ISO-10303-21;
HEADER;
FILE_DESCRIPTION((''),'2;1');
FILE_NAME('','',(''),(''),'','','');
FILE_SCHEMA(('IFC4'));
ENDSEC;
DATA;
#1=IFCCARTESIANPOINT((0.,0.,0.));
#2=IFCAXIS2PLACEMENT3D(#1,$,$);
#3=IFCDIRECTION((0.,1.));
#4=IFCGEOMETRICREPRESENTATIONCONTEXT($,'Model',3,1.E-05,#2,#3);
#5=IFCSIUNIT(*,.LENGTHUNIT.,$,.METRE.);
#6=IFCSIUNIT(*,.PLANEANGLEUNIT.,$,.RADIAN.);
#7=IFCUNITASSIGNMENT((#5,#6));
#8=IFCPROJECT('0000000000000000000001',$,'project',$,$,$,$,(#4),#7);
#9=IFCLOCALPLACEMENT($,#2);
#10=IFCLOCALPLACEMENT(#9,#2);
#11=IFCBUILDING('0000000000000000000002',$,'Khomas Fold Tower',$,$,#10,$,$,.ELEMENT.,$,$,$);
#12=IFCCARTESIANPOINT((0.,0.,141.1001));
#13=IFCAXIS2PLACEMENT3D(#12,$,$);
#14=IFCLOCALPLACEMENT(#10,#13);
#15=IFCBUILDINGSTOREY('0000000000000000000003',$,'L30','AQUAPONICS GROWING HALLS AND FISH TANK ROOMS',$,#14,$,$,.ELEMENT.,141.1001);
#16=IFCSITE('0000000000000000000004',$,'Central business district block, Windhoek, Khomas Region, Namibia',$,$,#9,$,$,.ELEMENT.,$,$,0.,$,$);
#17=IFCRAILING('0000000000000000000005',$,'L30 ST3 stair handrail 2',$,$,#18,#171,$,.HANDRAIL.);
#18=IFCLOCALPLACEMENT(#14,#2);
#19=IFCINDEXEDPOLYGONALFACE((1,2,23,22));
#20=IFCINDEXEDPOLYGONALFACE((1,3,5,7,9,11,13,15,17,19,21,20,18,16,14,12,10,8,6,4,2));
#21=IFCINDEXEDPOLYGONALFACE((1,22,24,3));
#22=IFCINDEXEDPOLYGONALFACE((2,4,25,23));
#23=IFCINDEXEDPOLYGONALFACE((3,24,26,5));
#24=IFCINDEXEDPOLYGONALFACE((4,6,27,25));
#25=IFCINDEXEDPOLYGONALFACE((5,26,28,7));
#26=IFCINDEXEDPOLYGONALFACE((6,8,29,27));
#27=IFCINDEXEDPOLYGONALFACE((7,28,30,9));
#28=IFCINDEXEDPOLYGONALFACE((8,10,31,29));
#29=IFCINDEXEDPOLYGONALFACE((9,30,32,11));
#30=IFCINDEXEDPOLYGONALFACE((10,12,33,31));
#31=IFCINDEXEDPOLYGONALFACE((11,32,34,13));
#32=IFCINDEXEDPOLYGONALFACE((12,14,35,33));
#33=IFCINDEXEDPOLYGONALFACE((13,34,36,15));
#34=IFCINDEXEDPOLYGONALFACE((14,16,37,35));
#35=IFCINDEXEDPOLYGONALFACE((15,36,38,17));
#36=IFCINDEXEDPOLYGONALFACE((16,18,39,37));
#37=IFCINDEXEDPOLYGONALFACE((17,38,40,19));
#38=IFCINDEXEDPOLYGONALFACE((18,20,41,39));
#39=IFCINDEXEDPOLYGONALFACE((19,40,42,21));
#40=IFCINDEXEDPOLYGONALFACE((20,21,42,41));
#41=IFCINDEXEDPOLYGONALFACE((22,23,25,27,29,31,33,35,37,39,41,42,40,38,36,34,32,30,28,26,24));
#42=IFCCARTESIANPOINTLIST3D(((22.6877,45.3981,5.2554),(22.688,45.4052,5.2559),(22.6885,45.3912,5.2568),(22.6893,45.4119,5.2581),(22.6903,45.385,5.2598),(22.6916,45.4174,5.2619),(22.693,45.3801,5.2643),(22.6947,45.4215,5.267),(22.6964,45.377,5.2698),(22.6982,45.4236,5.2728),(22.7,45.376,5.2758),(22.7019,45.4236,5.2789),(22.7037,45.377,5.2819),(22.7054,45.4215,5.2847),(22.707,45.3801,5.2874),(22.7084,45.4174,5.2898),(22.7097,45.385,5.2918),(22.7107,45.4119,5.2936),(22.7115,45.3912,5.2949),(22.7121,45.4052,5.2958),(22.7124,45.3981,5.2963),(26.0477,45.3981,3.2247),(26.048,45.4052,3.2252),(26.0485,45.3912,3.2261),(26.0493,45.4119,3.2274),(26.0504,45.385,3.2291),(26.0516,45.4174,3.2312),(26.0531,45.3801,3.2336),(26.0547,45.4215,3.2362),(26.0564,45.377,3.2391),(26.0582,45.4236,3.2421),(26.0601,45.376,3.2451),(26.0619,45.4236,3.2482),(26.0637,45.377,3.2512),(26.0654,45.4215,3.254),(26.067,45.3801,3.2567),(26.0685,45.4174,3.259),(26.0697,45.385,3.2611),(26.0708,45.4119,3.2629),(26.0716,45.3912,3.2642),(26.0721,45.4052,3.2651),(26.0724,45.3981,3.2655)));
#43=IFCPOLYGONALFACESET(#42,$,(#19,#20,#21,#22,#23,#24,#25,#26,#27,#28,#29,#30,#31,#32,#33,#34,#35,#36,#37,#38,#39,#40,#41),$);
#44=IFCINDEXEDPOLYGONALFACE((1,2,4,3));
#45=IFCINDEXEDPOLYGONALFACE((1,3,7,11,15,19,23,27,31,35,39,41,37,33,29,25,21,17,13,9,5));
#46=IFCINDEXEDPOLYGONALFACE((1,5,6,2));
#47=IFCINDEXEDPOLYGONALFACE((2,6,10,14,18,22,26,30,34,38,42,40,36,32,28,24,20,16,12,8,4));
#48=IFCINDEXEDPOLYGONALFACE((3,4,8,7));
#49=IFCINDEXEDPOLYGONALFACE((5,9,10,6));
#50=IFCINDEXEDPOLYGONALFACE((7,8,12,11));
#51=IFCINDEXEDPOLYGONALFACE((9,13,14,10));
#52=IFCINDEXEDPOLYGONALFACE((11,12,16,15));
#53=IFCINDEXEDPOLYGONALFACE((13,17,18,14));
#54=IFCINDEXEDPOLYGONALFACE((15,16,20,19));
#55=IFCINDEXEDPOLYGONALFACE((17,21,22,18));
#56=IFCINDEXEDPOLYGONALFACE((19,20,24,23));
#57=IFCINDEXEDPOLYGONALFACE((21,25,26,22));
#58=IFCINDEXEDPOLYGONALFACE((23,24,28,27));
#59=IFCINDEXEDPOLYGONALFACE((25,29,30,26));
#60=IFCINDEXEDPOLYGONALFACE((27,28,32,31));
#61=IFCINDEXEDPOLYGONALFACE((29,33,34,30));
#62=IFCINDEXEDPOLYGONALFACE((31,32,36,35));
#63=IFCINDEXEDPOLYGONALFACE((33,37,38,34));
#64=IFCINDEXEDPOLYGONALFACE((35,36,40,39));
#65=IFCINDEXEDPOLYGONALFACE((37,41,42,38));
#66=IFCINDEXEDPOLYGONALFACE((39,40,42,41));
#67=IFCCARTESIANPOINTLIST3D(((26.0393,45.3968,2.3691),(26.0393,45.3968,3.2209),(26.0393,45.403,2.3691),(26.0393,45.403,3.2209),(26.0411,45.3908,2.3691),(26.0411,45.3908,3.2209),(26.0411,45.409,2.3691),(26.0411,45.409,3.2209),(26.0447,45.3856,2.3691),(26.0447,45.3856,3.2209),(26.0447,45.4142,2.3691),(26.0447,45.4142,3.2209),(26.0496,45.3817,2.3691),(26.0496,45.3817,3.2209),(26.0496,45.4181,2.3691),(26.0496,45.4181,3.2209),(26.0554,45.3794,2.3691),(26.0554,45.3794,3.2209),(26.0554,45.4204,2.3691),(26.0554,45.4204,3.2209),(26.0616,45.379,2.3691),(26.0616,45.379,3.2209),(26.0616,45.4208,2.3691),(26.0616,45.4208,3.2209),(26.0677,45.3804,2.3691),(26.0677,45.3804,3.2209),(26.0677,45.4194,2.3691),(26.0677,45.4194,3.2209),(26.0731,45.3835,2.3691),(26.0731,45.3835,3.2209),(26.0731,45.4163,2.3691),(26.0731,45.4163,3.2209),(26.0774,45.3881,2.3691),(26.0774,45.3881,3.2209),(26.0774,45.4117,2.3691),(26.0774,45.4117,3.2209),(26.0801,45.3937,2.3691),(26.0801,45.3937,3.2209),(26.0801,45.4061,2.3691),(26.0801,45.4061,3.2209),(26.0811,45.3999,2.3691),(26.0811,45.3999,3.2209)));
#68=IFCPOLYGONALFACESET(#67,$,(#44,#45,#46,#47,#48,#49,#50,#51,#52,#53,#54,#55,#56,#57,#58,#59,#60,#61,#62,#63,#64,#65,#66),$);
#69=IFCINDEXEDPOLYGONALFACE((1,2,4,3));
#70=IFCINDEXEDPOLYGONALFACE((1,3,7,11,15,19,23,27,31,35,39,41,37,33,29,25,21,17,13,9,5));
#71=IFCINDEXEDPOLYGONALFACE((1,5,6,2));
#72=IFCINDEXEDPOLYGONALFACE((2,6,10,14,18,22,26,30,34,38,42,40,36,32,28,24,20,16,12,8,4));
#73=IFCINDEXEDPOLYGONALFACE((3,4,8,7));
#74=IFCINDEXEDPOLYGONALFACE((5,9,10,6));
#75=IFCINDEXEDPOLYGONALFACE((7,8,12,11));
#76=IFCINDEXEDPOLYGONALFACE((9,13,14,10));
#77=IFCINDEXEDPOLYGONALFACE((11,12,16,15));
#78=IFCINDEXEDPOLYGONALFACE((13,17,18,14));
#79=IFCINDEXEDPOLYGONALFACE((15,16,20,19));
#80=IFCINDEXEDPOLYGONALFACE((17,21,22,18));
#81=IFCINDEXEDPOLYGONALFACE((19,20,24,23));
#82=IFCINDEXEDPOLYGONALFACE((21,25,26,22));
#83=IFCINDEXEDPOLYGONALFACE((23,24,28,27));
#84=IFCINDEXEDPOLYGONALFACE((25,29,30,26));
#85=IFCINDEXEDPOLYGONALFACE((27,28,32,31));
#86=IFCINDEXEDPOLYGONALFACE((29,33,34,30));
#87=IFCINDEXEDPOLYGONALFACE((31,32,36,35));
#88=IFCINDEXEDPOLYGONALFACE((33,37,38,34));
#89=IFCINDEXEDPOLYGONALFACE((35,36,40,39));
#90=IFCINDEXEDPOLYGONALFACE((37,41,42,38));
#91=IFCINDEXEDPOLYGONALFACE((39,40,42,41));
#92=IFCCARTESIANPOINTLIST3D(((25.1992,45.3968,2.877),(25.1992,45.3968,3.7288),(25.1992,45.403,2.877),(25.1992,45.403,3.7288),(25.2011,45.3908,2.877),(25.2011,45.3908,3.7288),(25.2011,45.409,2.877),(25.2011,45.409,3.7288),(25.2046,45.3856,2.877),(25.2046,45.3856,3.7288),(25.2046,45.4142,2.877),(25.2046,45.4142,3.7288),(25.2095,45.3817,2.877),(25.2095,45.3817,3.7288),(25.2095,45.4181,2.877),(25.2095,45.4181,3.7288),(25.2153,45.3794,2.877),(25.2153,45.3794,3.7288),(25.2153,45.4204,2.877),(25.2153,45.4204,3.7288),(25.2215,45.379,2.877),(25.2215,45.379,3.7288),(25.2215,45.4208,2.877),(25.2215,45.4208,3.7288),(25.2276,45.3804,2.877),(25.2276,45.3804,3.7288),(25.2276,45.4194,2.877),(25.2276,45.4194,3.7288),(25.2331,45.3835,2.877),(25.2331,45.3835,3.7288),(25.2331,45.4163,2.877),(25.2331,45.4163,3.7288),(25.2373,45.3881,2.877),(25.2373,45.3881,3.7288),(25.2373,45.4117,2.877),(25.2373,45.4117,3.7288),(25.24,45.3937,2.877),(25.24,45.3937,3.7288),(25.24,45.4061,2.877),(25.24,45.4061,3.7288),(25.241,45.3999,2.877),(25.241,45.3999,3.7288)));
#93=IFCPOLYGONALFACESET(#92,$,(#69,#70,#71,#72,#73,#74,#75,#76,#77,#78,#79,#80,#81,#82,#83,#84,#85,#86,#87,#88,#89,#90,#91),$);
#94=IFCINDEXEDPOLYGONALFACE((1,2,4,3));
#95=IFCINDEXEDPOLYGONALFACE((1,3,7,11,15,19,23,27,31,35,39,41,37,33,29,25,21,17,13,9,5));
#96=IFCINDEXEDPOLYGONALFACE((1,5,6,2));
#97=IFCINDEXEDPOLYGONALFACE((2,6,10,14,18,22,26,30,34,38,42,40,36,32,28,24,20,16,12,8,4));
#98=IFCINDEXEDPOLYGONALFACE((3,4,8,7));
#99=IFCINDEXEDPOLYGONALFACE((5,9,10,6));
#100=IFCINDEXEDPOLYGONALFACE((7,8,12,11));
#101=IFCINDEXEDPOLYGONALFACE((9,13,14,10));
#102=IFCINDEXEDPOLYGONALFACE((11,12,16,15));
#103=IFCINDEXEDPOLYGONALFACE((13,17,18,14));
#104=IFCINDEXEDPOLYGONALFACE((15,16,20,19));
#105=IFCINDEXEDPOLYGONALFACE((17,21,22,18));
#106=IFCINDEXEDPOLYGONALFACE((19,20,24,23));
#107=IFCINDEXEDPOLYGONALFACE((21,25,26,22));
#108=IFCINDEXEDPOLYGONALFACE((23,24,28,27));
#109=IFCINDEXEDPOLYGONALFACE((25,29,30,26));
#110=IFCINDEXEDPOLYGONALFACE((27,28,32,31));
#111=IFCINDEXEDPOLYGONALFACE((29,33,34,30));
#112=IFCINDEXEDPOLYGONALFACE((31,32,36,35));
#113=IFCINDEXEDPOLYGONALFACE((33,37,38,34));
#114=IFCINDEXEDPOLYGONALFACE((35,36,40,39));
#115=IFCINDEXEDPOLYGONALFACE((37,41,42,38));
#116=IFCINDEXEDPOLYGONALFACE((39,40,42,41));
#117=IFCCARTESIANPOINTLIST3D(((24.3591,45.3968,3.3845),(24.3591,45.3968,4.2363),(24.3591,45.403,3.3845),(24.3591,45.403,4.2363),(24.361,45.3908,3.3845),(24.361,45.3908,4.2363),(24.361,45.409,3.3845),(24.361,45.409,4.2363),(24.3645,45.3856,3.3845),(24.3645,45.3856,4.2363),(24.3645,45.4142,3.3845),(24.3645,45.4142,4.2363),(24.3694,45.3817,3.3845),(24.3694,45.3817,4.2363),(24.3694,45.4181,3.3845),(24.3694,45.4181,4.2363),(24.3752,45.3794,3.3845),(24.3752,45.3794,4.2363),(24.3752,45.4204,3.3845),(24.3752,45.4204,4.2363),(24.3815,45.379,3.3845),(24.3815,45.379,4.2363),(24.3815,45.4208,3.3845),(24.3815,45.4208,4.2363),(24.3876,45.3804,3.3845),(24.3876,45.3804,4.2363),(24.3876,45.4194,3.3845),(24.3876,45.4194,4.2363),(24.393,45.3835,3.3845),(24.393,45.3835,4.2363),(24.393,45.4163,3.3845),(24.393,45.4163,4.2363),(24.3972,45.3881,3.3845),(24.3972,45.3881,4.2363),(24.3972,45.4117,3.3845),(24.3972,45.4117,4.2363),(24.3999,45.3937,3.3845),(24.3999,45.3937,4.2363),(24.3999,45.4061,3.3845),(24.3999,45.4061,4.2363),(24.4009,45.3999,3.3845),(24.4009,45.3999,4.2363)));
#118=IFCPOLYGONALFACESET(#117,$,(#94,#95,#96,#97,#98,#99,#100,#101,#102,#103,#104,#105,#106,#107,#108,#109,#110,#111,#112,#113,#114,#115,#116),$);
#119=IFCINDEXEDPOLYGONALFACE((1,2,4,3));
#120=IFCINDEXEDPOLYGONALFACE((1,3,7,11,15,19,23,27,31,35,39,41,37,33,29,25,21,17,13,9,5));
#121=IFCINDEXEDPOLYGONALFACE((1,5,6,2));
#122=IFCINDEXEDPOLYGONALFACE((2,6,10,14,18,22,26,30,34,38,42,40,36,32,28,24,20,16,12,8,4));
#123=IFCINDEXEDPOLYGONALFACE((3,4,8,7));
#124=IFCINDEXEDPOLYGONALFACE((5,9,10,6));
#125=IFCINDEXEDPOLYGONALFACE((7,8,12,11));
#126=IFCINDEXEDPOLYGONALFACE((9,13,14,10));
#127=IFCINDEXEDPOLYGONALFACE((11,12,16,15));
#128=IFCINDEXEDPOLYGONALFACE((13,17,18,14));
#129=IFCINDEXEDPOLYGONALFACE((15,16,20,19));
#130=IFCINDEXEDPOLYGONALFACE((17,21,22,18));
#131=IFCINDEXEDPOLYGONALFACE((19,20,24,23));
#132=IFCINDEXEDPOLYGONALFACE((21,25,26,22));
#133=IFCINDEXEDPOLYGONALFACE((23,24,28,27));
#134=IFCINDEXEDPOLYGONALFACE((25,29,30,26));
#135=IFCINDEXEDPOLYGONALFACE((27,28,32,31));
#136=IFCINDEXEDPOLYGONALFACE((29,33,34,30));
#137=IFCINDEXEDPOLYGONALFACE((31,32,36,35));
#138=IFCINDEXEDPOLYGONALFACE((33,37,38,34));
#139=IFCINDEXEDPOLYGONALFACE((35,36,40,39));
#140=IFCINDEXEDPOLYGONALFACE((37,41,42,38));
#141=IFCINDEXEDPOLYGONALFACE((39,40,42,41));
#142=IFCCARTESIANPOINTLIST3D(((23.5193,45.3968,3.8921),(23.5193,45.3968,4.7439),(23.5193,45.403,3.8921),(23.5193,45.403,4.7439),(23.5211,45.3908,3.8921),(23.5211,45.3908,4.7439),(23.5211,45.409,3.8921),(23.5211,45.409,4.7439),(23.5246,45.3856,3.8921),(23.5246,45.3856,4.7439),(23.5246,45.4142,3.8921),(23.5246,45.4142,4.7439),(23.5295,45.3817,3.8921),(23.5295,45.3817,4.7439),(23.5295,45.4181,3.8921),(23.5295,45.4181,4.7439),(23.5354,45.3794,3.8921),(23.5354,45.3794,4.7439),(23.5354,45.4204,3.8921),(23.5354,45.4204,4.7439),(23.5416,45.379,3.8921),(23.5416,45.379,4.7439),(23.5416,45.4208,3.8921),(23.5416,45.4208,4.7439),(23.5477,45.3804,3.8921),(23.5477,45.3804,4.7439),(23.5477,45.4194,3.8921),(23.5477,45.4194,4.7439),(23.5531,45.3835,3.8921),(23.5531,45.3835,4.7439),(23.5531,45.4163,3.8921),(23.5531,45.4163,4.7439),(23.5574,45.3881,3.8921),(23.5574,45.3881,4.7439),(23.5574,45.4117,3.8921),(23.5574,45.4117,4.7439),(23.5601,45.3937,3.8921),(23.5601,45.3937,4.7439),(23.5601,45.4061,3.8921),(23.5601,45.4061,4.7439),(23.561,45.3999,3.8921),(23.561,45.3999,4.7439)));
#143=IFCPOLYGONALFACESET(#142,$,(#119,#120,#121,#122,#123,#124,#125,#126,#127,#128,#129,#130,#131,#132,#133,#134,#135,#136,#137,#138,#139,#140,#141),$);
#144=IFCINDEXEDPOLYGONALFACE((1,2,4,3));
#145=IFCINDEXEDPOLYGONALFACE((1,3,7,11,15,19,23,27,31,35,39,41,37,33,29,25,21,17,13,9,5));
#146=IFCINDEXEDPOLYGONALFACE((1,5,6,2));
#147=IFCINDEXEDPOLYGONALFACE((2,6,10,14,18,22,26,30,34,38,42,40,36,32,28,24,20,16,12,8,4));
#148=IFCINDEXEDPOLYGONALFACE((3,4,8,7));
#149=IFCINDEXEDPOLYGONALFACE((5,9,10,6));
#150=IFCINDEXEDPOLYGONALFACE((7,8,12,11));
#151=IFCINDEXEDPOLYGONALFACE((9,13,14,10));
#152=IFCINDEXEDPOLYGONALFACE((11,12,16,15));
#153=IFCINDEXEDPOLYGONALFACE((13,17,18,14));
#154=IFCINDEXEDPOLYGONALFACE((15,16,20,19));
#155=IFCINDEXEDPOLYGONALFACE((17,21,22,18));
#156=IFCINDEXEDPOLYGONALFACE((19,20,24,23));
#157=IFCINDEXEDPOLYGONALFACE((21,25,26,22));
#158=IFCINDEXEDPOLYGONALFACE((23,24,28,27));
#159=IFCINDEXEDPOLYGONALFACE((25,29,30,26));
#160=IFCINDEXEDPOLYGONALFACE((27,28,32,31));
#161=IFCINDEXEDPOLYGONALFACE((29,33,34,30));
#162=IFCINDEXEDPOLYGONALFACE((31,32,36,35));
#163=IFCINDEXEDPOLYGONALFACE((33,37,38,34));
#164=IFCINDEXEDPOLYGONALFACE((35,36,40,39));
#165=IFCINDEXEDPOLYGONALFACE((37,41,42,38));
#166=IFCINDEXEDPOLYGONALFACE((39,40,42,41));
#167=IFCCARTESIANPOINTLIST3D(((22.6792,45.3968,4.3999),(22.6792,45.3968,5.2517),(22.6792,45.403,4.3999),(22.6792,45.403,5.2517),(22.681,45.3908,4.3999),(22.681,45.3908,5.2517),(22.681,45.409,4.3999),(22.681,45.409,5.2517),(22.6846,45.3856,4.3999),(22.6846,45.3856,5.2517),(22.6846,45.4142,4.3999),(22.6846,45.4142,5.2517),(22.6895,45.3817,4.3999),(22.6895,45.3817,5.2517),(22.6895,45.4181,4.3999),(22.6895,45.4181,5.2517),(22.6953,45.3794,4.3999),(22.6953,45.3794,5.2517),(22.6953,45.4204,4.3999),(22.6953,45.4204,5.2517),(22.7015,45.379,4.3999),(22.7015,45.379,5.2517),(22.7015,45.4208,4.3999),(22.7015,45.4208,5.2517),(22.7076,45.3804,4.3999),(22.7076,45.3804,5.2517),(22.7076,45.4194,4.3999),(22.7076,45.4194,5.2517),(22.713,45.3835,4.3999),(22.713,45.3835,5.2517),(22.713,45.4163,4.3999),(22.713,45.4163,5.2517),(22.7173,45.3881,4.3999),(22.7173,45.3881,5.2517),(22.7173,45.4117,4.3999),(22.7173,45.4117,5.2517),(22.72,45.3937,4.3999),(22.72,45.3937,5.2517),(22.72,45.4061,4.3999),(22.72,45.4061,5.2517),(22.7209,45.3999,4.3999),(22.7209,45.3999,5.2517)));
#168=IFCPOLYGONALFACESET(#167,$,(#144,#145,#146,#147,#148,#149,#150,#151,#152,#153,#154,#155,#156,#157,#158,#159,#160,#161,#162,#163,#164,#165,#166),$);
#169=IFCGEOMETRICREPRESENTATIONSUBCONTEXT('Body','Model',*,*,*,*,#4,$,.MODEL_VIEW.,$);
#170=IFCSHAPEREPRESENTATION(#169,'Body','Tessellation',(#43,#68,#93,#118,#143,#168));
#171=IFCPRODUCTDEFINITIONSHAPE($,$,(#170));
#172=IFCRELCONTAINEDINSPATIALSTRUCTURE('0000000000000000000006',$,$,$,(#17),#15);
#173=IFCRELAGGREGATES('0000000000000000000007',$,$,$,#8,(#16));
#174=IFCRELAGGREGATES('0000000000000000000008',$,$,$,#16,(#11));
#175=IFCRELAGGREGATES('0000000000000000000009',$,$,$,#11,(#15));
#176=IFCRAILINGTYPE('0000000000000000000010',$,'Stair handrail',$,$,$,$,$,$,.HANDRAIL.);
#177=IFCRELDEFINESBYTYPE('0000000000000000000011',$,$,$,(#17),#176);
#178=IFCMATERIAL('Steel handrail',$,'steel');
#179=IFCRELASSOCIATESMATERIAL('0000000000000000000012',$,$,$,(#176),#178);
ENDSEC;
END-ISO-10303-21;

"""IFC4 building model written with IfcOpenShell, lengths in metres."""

from ifc_helpers import new_model, si_unit, direction, frame, origin, origin_2d, place, context, subcontext, project, spatial, circle, extrude, source, transform, mapped, material, type_object, element, save


model = new_model("IFC4")

# Units and contexts
model_context = context("Model", 3, precision=1e-05, world=origin(), true_north=direction((0.0, 1.0)))
body_context = subcontext(model_context, "Body", "Model", "MODEL_VIEW")
ifc_project = project(units=[si_unit("LENGTHUNIT", "METRE"), si_unit("PLANEANGLEUNIT", "RADIAN")], contexts=[model_context])

# Site, building, storey
site_placement = place(None, origin())
site = spatial("IfcSite", under=ifc_project, at=site_placement, Name="Central business district block, Windhoek, Khomas Region, Namibia", CompositionType="ELEMENT", RefElevation=0.0)
building_placement = place(site_placement, origin())
building = spatial("IfcBuilding", under=site, at=building_placement, Name="Khomas Fold Tower", CompositionType="ELEMENT")
storey_placement = place(building_placement, frame((0.0, 0.0, 141.1001)))
storey = spatial("IfcBuildingStorey", under=building, at=storey_placement, Name="L30", Description="AQUAPONICS GROWING HALLS AND FISH TANK ROOMS", CompositionType="ELEMENT", Elevation=141.1001)

# Railing
ifc_material_1 = material(Name="Steel handrail", Category="steel")
railing_type_1 = type_object("IfcRailingType", Name="Stair handrail", PredefinedType="HANDRAIL", material=ifc_material_1)
shared_shape_1 = source(origin(), body_context, "Body", "SweptSolid", [
    extrude(circle(Radius=0.0239, at=origin_2d()), frame((0.0, 0.0, 0.876), z_axis=(-0.855837, 0.0, 0.517246), x_axis=(0.0, -1.0, 0.0)), (0.0, 0.0, 1.0), 3.926),
    extrude(circle(Radius=0.021, at=origin_2d()), origin(), (0.0, 0.0, 1.0), 0.8518),
    extrude(circle(Radius=0.021, at=origin_2d()), frame((-0.8401, 0.0, 0.5078)), (0.0, 0.0, 1.0), 0.8518),
    extrude(circle(Radius=0.021, at=origin_2d()), frame((-1.6802, 0.0, 1.0154)), (0.0, 0.0, 1.0), 0.8518),
    extrude(circle(Radius=0.021, at=origin_2d()), frame((-2.52, 0.0, 1.5229)), (0.0, 0.0, 1.0), 0.8518),
    extrude(circle(Radius=0.021, at=origin_2d()), frame((-3.3601, 0.0, 2.0308)), (0.0, 0.0, 1.0), 0.8518),
])
railing_1_placement = place(storey_placement, frame((26.0601, 45.3999, 2.3691)))
element("IfcRailing", 1, at=railing_1_placement, inside=storey, type_object=railing_type_1, Name="L30 ST3 stair handrail 2", PredefinedType="HANDRAIL", context=body_context, shape_type="MappedRepresentation", body=[
    mapped(shared_shape_1, transform((0.0, 0.0, 0.0))),
])

save(model, "model.ifc")
